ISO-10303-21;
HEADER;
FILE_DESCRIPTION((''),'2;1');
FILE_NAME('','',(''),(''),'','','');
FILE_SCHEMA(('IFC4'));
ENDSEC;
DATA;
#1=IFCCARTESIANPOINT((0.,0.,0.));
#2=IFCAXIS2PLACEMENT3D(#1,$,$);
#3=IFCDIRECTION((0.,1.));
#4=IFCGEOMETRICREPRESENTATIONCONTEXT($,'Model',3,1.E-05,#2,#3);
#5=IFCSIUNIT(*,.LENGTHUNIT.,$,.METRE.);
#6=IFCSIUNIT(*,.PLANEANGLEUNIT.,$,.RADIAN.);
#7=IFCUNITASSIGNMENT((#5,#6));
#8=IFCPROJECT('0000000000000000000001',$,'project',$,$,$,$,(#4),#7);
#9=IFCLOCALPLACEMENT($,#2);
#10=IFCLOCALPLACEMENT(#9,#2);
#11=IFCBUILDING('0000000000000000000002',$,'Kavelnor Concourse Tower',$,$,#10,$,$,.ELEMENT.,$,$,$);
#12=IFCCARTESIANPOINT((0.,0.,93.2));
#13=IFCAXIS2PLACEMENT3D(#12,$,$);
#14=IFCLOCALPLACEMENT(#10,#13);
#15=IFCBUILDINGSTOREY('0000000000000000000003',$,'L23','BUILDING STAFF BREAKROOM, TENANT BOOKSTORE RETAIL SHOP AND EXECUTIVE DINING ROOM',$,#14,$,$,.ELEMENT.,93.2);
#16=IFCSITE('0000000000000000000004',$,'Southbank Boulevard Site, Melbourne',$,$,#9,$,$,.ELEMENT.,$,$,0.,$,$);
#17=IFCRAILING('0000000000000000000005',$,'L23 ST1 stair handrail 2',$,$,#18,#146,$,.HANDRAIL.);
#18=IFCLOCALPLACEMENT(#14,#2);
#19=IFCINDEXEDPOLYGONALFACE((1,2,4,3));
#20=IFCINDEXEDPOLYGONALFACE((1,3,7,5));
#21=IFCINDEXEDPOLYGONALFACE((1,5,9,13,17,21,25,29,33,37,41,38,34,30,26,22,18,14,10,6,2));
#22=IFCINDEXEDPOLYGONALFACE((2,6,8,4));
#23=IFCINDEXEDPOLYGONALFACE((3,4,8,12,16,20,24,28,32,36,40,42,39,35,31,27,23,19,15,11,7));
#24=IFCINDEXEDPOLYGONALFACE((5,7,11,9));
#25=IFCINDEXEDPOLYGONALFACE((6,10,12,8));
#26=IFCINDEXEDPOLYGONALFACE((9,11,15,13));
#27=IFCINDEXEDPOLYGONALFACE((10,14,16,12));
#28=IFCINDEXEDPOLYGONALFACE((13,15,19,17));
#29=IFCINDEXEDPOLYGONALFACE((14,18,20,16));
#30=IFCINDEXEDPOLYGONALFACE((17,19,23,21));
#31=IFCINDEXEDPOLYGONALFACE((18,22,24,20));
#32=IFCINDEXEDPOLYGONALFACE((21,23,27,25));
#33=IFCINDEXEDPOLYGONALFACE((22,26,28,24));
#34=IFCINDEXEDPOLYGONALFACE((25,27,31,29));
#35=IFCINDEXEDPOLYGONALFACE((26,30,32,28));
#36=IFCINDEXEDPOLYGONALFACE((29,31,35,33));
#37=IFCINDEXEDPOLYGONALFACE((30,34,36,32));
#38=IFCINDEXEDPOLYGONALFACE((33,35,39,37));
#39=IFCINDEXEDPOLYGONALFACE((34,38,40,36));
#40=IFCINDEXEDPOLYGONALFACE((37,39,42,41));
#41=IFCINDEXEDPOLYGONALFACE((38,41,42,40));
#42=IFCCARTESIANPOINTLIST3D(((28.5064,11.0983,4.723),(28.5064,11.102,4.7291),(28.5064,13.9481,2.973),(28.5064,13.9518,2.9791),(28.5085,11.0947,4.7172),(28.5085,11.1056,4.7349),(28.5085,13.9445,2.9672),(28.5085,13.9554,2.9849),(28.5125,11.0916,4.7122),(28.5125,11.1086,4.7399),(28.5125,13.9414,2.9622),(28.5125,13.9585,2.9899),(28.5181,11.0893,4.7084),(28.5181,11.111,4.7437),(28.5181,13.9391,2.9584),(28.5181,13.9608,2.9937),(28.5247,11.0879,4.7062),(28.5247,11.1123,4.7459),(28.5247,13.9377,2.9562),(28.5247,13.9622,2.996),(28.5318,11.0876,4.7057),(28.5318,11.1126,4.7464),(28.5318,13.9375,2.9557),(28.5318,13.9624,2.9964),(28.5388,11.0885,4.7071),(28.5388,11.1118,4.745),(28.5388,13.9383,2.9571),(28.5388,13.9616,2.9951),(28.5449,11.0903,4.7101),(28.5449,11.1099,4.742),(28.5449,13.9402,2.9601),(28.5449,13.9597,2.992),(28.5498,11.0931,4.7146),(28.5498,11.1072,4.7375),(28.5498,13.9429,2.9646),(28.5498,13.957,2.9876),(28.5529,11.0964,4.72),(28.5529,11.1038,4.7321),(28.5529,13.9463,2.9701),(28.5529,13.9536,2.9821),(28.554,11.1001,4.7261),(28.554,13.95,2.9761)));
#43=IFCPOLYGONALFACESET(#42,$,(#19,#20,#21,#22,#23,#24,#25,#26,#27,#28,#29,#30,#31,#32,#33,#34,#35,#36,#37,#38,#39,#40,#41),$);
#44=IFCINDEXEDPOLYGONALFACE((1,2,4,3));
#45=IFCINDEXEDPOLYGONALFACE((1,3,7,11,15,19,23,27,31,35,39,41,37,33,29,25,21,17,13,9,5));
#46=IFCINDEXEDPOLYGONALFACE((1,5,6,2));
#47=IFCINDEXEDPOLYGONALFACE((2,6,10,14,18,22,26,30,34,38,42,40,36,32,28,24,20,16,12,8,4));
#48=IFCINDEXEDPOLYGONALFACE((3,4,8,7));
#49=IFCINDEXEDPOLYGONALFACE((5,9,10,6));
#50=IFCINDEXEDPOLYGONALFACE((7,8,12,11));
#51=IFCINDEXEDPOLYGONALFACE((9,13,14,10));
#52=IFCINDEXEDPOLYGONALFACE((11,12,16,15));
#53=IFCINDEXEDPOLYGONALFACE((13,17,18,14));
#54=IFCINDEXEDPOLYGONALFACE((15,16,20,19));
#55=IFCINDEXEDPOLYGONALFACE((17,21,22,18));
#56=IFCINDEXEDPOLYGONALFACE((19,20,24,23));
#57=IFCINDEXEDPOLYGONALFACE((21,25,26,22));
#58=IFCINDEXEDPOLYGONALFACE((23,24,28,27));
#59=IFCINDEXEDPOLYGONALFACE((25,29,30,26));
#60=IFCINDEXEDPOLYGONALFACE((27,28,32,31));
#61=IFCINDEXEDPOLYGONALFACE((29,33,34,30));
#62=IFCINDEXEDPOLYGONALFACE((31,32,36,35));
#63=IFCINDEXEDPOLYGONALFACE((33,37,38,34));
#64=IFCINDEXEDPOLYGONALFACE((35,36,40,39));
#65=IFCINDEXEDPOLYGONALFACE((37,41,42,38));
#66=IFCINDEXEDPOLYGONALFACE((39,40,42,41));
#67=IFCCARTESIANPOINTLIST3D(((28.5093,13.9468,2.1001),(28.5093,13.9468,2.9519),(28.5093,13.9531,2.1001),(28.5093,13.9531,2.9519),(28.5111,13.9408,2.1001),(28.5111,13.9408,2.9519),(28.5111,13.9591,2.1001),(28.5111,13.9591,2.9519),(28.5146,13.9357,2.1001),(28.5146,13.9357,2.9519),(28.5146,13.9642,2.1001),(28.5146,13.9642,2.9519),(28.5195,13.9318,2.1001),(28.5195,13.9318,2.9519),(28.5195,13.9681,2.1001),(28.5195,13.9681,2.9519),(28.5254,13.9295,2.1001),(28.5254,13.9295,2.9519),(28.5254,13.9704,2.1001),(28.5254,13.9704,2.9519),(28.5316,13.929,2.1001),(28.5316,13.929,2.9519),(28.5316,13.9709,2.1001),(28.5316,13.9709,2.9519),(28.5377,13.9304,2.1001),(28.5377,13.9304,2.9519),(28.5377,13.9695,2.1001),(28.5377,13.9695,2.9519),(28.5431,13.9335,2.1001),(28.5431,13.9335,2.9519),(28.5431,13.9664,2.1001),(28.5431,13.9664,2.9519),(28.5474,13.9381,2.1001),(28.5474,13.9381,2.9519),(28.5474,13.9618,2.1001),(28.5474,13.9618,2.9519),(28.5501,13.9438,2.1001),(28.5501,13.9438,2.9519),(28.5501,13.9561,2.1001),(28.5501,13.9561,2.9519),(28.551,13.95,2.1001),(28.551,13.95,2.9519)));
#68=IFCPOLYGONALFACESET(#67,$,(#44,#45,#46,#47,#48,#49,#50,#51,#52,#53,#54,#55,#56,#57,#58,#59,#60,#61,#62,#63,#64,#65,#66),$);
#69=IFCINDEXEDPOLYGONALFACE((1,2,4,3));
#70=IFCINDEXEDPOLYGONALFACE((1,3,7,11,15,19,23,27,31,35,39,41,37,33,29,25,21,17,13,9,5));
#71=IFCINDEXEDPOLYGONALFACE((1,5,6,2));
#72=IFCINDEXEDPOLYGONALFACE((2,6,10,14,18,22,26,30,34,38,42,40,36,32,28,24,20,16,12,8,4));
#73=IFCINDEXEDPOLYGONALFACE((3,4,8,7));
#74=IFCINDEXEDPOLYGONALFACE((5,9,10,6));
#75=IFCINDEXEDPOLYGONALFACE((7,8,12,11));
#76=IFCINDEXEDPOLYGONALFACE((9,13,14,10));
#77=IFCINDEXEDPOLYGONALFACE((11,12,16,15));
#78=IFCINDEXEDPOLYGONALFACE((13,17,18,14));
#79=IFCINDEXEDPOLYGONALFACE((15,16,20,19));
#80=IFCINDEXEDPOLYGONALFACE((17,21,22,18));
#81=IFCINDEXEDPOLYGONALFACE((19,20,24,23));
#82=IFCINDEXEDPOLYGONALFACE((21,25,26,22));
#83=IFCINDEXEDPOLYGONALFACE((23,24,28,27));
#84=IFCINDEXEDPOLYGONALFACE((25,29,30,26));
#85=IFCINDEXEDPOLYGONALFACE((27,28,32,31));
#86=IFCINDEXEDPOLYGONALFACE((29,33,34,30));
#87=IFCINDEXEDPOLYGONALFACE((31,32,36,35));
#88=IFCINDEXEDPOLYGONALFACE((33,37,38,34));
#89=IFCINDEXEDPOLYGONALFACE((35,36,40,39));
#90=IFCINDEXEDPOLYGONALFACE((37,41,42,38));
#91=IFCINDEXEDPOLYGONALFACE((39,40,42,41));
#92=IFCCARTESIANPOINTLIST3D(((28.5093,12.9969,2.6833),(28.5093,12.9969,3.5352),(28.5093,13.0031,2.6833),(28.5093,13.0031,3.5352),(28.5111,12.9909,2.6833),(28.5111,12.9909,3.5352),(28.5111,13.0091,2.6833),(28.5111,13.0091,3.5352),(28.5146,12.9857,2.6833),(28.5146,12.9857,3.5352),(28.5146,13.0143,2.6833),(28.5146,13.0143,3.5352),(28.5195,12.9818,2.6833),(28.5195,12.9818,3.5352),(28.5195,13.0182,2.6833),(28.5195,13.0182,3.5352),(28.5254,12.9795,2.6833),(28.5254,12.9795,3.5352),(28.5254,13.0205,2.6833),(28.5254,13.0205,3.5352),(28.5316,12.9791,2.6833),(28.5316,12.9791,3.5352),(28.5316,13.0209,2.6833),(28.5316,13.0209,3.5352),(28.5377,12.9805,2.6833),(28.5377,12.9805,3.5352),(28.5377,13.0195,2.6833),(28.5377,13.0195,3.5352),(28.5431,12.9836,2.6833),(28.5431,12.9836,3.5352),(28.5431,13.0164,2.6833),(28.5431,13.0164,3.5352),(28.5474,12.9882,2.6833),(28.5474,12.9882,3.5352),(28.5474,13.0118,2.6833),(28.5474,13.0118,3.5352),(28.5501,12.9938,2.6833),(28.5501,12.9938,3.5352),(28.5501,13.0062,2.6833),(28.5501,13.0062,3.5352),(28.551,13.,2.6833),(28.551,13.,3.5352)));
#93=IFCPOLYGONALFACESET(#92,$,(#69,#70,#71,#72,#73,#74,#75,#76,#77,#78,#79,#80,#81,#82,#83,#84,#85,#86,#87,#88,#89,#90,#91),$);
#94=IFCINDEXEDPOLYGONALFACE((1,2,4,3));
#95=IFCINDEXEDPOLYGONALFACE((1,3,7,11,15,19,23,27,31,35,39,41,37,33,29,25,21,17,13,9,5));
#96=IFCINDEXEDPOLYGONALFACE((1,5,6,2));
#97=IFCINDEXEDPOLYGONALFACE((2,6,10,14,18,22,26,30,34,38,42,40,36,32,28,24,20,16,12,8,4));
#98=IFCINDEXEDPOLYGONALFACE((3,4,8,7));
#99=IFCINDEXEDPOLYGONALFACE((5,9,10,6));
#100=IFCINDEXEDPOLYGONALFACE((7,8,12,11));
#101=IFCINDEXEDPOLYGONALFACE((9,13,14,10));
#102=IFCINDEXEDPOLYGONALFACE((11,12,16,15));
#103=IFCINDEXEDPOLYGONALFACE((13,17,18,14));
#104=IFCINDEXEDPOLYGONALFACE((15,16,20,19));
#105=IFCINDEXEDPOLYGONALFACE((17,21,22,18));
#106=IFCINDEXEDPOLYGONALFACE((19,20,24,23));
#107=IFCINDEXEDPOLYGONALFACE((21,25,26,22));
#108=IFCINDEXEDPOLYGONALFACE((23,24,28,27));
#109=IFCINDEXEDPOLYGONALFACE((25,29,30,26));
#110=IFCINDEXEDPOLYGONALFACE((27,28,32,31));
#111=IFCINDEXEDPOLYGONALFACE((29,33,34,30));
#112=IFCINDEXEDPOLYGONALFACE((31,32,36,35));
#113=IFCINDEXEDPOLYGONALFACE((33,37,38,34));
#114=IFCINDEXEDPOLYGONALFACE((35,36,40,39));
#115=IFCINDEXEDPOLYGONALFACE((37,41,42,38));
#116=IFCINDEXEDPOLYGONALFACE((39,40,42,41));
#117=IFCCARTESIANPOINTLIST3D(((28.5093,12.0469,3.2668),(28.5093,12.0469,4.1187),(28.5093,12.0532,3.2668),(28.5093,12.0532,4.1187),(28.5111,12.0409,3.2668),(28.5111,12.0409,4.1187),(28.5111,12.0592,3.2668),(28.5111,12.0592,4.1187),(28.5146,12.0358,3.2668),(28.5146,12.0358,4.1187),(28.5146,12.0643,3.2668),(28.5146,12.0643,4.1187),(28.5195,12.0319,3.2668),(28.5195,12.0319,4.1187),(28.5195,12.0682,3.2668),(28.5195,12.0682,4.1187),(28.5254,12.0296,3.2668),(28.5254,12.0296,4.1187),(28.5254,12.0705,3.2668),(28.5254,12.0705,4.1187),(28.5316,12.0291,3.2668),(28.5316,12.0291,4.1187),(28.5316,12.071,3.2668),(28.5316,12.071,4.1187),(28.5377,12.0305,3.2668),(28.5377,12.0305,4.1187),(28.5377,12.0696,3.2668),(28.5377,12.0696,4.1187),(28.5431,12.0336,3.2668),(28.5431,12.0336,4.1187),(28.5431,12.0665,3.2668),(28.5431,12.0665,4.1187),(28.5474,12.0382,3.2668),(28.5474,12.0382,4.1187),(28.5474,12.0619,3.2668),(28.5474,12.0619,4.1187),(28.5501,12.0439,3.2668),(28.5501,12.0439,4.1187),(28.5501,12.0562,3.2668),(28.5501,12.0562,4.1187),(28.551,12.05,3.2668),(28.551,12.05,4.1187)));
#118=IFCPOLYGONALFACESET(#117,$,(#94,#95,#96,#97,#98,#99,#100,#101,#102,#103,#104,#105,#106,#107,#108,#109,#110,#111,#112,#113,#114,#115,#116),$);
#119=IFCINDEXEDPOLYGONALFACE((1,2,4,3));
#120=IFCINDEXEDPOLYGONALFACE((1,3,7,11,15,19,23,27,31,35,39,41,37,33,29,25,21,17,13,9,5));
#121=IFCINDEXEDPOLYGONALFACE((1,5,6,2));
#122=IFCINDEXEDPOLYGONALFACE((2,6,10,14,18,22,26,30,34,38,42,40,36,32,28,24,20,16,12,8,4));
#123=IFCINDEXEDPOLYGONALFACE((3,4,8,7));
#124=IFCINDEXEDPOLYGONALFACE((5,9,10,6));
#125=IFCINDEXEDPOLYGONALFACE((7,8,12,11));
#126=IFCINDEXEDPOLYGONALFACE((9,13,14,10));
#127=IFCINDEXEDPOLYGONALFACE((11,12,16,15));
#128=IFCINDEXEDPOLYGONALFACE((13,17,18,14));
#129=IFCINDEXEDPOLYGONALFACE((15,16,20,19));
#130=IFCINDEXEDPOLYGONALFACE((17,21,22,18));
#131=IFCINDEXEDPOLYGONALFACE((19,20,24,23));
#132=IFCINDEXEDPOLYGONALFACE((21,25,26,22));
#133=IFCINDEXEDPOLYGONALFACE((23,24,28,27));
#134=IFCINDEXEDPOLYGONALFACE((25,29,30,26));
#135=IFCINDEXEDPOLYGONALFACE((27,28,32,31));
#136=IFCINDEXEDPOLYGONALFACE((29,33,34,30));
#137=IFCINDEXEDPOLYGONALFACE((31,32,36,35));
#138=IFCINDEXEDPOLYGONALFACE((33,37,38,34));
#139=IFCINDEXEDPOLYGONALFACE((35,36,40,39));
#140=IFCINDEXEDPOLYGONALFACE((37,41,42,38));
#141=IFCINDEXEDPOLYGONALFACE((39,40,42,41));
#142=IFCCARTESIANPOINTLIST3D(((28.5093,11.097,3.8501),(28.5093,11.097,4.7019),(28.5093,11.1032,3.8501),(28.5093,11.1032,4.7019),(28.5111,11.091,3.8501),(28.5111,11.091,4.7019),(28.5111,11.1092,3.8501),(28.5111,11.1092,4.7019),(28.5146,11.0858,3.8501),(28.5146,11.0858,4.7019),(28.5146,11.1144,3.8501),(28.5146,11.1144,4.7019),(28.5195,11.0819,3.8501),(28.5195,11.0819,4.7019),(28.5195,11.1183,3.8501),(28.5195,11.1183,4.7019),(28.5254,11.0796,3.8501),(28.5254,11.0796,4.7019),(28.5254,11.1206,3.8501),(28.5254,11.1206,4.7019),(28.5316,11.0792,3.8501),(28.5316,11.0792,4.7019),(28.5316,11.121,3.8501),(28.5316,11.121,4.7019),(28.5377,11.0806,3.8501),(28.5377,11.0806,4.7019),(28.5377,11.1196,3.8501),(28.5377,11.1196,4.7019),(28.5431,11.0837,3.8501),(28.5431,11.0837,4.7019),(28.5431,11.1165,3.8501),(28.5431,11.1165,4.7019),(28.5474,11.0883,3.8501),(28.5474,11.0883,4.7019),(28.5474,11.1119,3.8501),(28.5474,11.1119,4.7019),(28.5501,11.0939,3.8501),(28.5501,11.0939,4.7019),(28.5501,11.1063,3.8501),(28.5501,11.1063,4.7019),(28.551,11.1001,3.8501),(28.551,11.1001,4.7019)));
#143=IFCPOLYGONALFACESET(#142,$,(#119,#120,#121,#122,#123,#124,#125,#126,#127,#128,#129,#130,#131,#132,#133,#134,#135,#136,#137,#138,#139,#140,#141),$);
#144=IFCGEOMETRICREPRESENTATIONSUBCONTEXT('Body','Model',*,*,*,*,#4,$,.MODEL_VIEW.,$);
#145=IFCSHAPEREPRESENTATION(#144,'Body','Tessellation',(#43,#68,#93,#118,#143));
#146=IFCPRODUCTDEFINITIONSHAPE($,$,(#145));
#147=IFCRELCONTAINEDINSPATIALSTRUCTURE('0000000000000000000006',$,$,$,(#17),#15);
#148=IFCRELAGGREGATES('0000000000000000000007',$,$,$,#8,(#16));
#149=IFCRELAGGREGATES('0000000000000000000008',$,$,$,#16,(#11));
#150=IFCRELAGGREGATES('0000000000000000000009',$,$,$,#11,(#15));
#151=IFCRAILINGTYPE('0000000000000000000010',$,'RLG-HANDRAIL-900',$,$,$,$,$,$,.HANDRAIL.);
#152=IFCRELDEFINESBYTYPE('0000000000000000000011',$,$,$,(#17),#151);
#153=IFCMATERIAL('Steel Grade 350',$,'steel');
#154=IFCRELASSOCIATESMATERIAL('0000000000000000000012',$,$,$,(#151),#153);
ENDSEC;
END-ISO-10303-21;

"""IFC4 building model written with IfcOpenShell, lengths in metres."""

from ifc_helpers import new_model, si_unit, direction, frame, origin, origin_2d, place, context, subcontext, project, spatial, circle, extrude, material, type_object, element, save


model = new_model("IFC4")

# Units and contexts
model_context = context("Model", 3, precision=1e-05, world=origin(), true_north=direction((0.0, 1.0)))
body_context = subcontext(model_context, "Body", "Model", "MODEL_VIEW")
ifc_project = project(units=[si_unit("LENGTHUNIT", "METRE"), si_unit("PLANEANGLEUNIT", "RADIAN")], contexts=[model_context])

# Site, building, storey
site_placement = place(None, origin())
site = spatial("IfcSite", under=ifc_project, at=site_placement, Name="Southbank Boulevard Site, Melbourne", CompositionType="ELEMENT", RefElevation=0.0)
building_placement = place(site_placement, origin())
building = spatial("IfcBuilding", under=site, at=building_placement, Name="Kavelnor Concourse Tower", CompositionType="ELEMENT")
storey_placement = place(building_placement, frame((0.0, 0.0, 93.2)))
storey = spatial("IfcBuildingStorey", under=building, at=storey_placement, Name="L23", Description="BUILDING STAFF BREAKROOM, TENANT BOOKSTORE RETAIL SHOP AND EXECUTIVE DINING ROOM", CompositionType="ELEMENT", Elevation=93.2)

# Shared definitions
ifc_material_1 = material(Name="Steel Grade 350", Category="steel")

# Railing
railing_type_1 = type_object("IfcRailingType", Name="RLG-HANDRAIL-900", PredefinedType="HANDRAIL", material=ifc_material_1)
railing_1_placement = place(storey_placement, frame((28.53, 13.95, 2.1001)))
element("IfcRailing", 1, at=railing_1_placement, inside=storey, type_object=railing_type_1, Name="L23 ST1 stair handrail 2", PredefinedType="HANDRAIL", context=body_context, shape_type="SweptSolid", body=[
    extrude(circle(Radius=0.0239, at=origin_2d()), frame((0.0, 0.0, 0.876), z_axis=(0.0, -0.852159, 0.523283), x_axis=(1.0, 0.0, 0.0)), (0.0, 0.0, 1.0), 3.3442),
    extrude(circle(Radius=0.021, at=origin_2d()), origin(), (0.0, 0.0, 1.0), 0.8518),
    extrude(circle(Radius=0.021, at=origin_2d()), frame((0.0, -0.95, 0.5833)), (0.0, 0.0, 1.0), 0.8518),
    extrude(circle(Radius=0.021, at=origin_2d()), frame((0.0, -1.8999, 1.1667)), (0.0, 0.0, 1.0), 0.8518),
    extrude(circle(Radius=0.021, at=origin_2d()), frame((0.0, -2.8499, 1.75)), (0.0, 0.0, 1.0), 0.8518),
])

save(model, "model.ifc")
